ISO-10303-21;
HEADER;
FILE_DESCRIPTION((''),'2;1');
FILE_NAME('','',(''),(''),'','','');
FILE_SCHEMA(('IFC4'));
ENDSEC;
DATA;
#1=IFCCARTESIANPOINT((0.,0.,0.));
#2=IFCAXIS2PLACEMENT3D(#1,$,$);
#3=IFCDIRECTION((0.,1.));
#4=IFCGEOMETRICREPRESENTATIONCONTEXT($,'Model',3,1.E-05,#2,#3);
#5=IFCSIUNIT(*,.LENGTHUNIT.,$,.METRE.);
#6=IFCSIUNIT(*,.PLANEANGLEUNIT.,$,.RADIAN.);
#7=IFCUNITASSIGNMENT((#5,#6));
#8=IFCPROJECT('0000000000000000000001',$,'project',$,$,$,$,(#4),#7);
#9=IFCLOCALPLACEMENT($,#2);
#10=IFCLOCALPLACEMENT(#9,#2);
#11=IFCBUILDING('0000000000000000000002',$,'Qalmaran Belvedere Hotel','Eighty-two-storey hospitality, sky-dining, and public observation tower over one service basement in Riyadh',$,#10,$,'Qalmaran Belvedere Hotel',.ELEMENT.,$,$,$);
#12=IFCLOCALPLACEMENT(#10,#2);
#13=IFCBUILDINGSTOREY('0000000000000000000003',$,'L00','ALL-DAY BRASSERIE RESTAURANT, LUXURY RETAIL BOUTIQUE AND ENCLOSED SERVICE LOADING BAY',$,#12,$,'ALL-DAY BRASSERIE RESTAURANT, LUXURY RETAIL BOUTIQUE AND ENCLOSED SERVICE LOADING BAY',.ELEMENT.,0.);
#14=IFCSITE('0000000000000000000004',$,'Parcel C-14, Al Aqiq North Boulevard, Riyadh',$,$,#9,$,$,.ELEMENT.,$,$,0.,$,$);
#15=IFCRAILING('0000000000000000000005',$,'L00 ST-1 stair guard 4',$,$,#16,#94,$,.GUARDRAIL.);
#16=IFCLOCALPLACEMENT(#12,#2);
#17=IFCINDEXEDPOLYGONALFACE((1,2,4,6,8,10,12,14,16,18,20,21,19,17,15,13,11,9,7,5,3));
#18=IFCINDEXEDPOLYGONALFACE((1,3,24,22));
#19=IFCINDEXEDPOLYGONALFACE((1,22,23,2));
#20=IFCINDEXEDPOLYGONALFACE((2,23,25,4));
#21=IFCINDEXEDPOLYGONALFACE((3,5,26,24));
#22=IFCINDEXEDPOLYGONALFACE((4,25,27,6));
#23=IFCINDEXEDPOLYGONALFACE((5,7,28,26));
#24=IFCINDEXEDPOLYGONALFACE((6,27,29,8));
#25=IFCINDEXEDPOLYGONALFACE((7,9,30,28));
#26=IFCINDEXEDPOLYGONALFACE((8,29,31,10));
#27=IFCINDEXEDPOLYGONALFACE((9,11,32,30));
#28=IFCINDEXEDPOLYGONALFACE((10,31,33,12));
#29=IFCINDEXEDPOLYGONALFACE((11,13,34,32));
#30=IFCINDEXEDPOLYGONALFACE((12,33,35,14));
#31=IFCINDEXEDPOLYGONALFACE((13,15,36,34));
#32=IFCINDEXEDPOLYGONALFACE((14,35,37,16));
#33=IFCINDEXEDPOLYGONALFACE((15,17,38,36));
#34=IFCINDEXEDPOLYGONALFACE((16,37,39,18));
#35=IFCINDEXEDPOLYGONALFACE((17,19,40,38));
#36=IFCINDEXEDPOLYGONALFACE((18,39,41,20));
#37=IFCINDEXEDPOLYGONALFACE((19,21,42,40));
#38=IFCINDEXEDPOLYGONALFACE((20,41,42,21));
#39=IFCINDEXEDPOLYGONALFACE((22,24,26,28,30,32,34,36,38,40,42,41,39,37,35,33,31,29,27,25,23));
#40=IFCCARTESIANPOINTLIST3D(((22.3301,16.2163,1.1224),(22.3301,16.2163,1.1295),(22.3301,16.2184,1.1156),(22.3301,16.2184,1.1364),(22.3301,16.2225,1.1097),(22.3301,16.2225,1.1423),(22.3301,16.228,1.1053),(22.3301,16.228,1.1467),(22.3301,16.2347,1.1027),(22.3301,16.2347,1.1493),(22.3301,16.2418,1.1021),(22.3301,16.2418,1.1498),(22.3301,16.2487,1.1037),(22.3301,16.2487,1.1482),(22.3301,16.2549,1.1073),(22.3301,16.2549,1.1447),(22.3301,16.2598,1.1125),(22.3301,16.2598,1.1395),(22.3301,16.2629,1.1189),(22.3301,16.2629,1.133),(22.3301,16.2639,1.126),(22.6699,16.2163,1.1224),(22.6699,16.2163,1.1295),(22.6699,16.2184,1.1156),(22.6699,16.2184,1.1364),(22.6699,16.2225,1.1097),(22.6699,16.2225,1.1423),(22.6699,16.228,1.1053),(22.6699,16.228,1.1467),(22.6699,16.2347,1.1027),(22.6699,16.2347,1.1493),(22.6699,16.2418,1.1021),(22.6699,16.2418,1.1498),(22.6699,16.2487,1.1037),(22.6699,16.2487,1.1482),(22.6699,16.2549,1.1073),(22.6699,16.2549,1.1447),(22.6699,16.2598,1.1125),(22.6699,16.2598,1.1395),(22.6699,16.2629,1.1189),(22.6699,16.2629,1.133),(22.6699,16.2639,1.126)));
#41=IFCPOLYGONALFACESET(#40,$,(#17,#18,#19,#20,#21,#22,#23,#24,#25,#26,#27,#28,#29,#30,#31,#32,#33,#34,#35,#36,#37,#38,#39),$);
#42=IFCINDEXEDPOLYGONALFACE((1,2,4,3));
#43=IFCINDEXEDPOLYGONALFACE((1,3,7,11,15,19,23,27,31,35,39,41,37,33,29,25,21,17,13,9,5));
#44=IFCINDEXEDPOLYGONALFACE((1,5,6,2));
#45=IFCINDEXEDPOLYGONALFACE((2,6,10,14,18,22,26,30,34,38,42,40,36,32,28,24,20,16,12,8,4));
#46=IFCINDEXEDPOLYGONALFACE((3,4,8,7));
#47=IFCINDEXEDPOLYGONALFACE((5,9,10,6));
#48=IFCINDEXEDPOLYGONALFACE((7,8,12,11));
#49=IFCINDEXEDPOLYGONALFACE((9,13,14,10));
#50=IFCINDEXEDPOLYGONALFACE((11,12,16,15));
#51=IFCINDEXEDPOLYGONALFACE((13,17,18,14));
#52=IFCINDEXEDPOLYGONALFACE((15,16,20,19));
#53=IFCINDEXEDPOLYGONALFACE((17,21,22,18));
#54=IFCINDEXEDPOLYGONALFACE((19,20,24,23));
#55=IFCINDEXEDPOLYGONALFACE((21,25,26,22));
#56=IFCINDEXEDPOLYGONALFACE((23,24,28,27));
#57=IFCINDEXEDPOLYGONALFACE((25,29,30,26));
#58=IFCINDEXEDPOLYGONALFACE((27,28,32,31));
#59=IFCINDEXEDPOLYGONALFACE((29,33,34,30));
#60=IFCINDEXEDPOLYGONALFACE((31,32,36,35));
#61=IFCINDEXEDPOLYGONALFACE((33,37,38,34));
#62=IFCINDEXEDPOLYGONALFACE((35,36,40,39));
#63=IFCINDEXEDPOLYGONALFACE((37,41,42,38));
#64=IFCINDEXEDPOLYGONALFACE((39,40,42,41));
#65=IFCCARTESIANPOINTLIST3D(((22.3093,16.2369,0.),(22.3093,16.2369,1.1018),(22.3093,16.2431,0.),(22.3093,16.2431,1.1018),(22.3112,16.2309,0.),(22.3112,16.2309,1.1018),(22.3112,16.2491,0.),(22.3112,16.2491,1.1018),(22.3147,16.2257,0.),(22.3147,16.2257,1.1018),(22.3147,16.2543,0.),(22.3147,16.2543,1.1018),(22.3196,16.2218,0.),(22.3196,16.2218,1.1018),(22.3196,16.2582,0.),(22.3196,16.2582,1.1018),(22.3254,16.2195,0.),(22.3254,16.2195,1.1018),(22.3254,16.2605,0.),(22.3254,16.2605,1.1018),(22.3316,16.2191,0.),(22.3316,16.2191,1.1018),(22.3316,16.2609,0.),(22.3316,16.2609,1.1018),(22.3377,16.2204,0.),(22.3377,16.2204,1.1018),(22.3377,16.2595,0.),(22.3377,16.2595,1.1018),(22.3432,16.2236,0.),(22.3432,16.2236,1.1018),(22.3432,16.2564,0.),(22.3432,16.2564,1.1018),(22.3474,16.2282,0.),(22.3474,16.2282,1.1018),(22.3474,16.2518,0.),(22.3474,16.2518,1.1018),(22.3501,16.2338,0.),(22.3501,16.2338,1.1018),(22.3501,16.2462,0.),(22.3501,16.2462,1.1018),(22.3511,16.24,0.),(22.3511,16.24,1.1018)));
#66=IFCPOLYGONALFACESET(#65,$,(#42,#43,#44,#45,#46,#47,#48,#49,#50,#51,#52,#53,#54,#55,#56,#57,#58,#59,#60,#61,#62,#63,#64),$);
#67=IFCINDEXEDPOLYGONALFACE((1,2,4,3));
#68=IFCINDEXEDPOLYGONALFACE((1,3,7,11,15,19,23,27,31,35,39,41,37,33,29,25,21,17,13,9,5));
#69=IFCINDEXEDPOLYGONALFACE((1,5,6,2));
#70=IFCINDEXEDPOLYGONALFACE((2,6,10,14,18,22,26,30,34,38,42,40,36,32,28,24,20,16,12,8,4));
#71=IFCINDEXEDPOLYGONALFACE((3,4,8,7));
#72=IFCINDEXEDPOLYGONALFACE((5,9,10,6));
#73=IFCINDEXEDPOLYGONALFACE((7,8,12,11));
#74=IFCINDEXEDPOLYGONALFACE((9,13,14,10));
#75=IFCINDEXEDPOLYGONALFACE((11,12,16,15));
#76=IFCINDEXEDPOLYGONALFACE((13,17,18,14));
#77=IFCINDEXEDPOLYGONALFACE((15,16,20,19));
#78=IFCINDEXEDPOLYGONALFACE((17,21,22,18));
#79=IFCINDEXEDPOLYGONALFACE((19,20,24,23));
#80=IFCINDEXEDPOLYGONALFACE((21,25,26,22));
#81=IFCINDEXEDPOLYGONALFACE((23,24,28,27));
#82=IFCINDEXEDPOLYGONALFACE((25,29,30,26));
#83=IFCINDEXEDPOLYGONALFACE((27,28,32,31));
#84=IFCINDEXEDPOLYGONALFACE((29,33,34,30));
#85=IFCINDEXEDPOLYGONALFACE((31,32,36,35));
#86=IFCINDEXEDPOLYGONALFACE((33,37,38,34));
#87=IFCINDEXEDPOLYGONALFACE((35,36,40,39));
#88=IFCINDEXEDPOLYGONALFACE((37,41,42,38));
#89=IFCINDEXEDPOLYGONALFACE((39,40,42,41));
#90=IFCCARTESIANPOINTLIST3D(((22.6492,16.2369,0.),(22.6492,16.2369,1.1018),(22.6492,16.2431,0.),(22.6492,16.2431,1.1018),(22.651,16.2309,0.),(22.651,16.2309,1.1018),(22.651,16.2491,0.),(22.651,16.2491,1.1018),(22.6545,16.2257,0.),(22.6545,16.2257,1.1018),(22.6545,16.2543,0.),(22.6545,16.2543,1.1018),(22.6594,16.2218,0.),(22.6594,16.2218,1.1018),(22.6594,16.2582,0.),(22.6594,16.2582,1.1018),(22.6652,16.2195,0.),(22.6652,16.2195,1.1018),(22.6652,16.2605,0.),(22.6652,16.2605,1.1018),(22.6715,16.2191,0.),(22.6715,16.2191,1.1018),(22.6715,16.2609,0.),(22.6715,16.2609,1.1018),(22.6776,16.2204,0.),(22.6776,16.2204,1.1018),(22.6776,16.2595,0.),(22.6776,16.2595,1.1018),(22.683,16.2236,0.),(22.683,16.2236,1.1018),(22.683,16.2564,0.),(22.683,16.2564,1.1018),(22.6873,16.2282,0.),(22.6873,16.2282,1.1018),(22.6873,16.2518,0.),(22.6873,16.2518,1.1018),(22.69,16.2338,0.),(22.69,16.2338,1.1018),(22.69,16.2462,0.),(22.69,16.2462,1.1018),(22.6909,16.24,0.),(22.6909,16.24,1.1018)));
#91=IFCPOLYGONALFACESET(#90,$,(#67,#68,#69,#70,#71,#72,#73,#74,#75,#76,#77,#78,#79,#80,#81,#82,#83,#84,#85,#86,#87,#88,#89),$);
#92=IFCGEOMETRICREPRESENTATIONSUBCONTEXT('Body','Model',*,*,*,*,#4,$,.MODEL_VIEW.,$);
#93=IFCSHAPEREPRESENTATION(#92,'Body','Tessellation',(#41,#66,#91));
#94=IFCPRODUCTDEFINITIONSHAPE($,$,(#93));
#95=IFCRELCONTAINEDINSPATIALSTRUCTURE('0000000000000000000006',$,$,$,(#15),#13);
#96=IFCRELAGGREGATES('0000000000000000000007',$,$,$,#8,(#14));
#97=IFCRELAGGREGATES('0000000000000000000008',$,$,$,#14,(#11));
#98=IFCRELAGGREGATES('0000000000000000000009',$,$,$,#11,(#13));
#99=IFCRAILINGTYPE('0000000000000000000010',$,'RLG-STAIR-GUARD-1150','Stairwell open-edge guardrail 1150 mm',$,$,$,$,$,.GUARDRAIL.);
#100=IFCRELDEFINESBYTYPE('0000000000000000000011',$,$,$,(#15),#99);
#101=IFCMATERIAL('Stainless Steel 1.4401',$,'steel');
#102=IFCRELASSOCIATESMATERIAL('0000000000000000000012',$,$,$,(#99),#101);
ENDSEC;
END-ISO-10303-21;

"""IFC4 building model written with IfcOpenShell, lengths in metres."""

from ifc_helpers import new_model, si_unit, direction, frame, origin, origin_2d, place, context, subcontext, project, spatial, circle, extrude, material, type_object, element, save


model = new_model("IFC4")

# Units and contexts
model_context = context("Model", 3, precision=1e-05, world=origin(), true_north=direction((0.0, 1.0)))
body_context = subcontext(model_context, "Body", "Model", "MODEL_VIEW")
ifc_project = project(units=[si_unit("LENGTHUNIT", "METRE"), si_unit("PLANEANGLEUNIT", "RADIAN")], contexts=[model_context])

# Site, building, storey
site_placement = place(None, origin())
site = spatial("IfcSite", under=ifc_project, at=site_placement, Name="Parcel C-14, Al Aqiq North Boulevard, Riyadh", CompositionType="ELEMENT", RefElevation=0.0)
building_placement = place(site_placement, origin())
building = spatial("IfcBuilding", under=site, at=building_placement, Name="Qalmaran Belvedere Hotel", Description="Eighty-two-storey hospitality, sky-dining, and public observation tower over one service basement in Riyadh", LongName="Qalmaran Belvedere Hotel", CompositionType="ELEMENT")
storey_placement = place(building_placement, origin())
storey = spatial("IfcBuildingStorey", under=building, at=storey_placement, Name="L00", Description="ALL-DAY BRASSERIE RESTAURANT, LUXURY RETAIL BOUTIQUE AND ENCLOSED SERVICE LOADING BAY", LongName="ALL-DAY BRASSERIE RESTAURANT, LUXURY RETAIL BOUTIQUE AND ENCLOSED SERVICE LOADING BAY", CompositionType="ELEMENT", Elevation=0.0)

# Shared definitions
ifc_material_1 = material(Name="Stainless Steel 1.4401", Category="steel")

# Railing
railing_type_1 = type_object("IfcRailingType", Name="RLG-STAIR-GUARD-1150", Description="Stairwell open-edge guardrail 1150 mm", PredefinedType="GUARDRAIL", material=ifc_material_1)
railing_1_placement = place(storey_placement, frame((22.3301, 16.24, 0.0)))
element("IfcRailing", 1, at=railing_1_placement, inside=storey, type_object=railing_type_1, Name="L00 ST-1 stair guard 4", PredefinedType="GUARDRAIL", context=body_context, shape_type="SweptSolid", body=[
    extrude(circle(Radius=0.0239, at=origin_2d()), frame((0.0, 0.0, 1.126), z_axis=(1.0, 0.0, 0.0), x_axis=(0.0, 1.0, 0.0)), (0.0, 0.0, 1.0), 0.3398),
    extrude(circle(Radius=0.021, at=origin_2d()), origin(), (0.0, 0.0, 1.0), 1.1018),
    extrude(circle(Radius=0.021, at=origin_2d()), frame((0.3398, 0.0, 0.0)), (0.0, 0.0, 1.0), 1.1018),
])

save(model, "model.ifc")
